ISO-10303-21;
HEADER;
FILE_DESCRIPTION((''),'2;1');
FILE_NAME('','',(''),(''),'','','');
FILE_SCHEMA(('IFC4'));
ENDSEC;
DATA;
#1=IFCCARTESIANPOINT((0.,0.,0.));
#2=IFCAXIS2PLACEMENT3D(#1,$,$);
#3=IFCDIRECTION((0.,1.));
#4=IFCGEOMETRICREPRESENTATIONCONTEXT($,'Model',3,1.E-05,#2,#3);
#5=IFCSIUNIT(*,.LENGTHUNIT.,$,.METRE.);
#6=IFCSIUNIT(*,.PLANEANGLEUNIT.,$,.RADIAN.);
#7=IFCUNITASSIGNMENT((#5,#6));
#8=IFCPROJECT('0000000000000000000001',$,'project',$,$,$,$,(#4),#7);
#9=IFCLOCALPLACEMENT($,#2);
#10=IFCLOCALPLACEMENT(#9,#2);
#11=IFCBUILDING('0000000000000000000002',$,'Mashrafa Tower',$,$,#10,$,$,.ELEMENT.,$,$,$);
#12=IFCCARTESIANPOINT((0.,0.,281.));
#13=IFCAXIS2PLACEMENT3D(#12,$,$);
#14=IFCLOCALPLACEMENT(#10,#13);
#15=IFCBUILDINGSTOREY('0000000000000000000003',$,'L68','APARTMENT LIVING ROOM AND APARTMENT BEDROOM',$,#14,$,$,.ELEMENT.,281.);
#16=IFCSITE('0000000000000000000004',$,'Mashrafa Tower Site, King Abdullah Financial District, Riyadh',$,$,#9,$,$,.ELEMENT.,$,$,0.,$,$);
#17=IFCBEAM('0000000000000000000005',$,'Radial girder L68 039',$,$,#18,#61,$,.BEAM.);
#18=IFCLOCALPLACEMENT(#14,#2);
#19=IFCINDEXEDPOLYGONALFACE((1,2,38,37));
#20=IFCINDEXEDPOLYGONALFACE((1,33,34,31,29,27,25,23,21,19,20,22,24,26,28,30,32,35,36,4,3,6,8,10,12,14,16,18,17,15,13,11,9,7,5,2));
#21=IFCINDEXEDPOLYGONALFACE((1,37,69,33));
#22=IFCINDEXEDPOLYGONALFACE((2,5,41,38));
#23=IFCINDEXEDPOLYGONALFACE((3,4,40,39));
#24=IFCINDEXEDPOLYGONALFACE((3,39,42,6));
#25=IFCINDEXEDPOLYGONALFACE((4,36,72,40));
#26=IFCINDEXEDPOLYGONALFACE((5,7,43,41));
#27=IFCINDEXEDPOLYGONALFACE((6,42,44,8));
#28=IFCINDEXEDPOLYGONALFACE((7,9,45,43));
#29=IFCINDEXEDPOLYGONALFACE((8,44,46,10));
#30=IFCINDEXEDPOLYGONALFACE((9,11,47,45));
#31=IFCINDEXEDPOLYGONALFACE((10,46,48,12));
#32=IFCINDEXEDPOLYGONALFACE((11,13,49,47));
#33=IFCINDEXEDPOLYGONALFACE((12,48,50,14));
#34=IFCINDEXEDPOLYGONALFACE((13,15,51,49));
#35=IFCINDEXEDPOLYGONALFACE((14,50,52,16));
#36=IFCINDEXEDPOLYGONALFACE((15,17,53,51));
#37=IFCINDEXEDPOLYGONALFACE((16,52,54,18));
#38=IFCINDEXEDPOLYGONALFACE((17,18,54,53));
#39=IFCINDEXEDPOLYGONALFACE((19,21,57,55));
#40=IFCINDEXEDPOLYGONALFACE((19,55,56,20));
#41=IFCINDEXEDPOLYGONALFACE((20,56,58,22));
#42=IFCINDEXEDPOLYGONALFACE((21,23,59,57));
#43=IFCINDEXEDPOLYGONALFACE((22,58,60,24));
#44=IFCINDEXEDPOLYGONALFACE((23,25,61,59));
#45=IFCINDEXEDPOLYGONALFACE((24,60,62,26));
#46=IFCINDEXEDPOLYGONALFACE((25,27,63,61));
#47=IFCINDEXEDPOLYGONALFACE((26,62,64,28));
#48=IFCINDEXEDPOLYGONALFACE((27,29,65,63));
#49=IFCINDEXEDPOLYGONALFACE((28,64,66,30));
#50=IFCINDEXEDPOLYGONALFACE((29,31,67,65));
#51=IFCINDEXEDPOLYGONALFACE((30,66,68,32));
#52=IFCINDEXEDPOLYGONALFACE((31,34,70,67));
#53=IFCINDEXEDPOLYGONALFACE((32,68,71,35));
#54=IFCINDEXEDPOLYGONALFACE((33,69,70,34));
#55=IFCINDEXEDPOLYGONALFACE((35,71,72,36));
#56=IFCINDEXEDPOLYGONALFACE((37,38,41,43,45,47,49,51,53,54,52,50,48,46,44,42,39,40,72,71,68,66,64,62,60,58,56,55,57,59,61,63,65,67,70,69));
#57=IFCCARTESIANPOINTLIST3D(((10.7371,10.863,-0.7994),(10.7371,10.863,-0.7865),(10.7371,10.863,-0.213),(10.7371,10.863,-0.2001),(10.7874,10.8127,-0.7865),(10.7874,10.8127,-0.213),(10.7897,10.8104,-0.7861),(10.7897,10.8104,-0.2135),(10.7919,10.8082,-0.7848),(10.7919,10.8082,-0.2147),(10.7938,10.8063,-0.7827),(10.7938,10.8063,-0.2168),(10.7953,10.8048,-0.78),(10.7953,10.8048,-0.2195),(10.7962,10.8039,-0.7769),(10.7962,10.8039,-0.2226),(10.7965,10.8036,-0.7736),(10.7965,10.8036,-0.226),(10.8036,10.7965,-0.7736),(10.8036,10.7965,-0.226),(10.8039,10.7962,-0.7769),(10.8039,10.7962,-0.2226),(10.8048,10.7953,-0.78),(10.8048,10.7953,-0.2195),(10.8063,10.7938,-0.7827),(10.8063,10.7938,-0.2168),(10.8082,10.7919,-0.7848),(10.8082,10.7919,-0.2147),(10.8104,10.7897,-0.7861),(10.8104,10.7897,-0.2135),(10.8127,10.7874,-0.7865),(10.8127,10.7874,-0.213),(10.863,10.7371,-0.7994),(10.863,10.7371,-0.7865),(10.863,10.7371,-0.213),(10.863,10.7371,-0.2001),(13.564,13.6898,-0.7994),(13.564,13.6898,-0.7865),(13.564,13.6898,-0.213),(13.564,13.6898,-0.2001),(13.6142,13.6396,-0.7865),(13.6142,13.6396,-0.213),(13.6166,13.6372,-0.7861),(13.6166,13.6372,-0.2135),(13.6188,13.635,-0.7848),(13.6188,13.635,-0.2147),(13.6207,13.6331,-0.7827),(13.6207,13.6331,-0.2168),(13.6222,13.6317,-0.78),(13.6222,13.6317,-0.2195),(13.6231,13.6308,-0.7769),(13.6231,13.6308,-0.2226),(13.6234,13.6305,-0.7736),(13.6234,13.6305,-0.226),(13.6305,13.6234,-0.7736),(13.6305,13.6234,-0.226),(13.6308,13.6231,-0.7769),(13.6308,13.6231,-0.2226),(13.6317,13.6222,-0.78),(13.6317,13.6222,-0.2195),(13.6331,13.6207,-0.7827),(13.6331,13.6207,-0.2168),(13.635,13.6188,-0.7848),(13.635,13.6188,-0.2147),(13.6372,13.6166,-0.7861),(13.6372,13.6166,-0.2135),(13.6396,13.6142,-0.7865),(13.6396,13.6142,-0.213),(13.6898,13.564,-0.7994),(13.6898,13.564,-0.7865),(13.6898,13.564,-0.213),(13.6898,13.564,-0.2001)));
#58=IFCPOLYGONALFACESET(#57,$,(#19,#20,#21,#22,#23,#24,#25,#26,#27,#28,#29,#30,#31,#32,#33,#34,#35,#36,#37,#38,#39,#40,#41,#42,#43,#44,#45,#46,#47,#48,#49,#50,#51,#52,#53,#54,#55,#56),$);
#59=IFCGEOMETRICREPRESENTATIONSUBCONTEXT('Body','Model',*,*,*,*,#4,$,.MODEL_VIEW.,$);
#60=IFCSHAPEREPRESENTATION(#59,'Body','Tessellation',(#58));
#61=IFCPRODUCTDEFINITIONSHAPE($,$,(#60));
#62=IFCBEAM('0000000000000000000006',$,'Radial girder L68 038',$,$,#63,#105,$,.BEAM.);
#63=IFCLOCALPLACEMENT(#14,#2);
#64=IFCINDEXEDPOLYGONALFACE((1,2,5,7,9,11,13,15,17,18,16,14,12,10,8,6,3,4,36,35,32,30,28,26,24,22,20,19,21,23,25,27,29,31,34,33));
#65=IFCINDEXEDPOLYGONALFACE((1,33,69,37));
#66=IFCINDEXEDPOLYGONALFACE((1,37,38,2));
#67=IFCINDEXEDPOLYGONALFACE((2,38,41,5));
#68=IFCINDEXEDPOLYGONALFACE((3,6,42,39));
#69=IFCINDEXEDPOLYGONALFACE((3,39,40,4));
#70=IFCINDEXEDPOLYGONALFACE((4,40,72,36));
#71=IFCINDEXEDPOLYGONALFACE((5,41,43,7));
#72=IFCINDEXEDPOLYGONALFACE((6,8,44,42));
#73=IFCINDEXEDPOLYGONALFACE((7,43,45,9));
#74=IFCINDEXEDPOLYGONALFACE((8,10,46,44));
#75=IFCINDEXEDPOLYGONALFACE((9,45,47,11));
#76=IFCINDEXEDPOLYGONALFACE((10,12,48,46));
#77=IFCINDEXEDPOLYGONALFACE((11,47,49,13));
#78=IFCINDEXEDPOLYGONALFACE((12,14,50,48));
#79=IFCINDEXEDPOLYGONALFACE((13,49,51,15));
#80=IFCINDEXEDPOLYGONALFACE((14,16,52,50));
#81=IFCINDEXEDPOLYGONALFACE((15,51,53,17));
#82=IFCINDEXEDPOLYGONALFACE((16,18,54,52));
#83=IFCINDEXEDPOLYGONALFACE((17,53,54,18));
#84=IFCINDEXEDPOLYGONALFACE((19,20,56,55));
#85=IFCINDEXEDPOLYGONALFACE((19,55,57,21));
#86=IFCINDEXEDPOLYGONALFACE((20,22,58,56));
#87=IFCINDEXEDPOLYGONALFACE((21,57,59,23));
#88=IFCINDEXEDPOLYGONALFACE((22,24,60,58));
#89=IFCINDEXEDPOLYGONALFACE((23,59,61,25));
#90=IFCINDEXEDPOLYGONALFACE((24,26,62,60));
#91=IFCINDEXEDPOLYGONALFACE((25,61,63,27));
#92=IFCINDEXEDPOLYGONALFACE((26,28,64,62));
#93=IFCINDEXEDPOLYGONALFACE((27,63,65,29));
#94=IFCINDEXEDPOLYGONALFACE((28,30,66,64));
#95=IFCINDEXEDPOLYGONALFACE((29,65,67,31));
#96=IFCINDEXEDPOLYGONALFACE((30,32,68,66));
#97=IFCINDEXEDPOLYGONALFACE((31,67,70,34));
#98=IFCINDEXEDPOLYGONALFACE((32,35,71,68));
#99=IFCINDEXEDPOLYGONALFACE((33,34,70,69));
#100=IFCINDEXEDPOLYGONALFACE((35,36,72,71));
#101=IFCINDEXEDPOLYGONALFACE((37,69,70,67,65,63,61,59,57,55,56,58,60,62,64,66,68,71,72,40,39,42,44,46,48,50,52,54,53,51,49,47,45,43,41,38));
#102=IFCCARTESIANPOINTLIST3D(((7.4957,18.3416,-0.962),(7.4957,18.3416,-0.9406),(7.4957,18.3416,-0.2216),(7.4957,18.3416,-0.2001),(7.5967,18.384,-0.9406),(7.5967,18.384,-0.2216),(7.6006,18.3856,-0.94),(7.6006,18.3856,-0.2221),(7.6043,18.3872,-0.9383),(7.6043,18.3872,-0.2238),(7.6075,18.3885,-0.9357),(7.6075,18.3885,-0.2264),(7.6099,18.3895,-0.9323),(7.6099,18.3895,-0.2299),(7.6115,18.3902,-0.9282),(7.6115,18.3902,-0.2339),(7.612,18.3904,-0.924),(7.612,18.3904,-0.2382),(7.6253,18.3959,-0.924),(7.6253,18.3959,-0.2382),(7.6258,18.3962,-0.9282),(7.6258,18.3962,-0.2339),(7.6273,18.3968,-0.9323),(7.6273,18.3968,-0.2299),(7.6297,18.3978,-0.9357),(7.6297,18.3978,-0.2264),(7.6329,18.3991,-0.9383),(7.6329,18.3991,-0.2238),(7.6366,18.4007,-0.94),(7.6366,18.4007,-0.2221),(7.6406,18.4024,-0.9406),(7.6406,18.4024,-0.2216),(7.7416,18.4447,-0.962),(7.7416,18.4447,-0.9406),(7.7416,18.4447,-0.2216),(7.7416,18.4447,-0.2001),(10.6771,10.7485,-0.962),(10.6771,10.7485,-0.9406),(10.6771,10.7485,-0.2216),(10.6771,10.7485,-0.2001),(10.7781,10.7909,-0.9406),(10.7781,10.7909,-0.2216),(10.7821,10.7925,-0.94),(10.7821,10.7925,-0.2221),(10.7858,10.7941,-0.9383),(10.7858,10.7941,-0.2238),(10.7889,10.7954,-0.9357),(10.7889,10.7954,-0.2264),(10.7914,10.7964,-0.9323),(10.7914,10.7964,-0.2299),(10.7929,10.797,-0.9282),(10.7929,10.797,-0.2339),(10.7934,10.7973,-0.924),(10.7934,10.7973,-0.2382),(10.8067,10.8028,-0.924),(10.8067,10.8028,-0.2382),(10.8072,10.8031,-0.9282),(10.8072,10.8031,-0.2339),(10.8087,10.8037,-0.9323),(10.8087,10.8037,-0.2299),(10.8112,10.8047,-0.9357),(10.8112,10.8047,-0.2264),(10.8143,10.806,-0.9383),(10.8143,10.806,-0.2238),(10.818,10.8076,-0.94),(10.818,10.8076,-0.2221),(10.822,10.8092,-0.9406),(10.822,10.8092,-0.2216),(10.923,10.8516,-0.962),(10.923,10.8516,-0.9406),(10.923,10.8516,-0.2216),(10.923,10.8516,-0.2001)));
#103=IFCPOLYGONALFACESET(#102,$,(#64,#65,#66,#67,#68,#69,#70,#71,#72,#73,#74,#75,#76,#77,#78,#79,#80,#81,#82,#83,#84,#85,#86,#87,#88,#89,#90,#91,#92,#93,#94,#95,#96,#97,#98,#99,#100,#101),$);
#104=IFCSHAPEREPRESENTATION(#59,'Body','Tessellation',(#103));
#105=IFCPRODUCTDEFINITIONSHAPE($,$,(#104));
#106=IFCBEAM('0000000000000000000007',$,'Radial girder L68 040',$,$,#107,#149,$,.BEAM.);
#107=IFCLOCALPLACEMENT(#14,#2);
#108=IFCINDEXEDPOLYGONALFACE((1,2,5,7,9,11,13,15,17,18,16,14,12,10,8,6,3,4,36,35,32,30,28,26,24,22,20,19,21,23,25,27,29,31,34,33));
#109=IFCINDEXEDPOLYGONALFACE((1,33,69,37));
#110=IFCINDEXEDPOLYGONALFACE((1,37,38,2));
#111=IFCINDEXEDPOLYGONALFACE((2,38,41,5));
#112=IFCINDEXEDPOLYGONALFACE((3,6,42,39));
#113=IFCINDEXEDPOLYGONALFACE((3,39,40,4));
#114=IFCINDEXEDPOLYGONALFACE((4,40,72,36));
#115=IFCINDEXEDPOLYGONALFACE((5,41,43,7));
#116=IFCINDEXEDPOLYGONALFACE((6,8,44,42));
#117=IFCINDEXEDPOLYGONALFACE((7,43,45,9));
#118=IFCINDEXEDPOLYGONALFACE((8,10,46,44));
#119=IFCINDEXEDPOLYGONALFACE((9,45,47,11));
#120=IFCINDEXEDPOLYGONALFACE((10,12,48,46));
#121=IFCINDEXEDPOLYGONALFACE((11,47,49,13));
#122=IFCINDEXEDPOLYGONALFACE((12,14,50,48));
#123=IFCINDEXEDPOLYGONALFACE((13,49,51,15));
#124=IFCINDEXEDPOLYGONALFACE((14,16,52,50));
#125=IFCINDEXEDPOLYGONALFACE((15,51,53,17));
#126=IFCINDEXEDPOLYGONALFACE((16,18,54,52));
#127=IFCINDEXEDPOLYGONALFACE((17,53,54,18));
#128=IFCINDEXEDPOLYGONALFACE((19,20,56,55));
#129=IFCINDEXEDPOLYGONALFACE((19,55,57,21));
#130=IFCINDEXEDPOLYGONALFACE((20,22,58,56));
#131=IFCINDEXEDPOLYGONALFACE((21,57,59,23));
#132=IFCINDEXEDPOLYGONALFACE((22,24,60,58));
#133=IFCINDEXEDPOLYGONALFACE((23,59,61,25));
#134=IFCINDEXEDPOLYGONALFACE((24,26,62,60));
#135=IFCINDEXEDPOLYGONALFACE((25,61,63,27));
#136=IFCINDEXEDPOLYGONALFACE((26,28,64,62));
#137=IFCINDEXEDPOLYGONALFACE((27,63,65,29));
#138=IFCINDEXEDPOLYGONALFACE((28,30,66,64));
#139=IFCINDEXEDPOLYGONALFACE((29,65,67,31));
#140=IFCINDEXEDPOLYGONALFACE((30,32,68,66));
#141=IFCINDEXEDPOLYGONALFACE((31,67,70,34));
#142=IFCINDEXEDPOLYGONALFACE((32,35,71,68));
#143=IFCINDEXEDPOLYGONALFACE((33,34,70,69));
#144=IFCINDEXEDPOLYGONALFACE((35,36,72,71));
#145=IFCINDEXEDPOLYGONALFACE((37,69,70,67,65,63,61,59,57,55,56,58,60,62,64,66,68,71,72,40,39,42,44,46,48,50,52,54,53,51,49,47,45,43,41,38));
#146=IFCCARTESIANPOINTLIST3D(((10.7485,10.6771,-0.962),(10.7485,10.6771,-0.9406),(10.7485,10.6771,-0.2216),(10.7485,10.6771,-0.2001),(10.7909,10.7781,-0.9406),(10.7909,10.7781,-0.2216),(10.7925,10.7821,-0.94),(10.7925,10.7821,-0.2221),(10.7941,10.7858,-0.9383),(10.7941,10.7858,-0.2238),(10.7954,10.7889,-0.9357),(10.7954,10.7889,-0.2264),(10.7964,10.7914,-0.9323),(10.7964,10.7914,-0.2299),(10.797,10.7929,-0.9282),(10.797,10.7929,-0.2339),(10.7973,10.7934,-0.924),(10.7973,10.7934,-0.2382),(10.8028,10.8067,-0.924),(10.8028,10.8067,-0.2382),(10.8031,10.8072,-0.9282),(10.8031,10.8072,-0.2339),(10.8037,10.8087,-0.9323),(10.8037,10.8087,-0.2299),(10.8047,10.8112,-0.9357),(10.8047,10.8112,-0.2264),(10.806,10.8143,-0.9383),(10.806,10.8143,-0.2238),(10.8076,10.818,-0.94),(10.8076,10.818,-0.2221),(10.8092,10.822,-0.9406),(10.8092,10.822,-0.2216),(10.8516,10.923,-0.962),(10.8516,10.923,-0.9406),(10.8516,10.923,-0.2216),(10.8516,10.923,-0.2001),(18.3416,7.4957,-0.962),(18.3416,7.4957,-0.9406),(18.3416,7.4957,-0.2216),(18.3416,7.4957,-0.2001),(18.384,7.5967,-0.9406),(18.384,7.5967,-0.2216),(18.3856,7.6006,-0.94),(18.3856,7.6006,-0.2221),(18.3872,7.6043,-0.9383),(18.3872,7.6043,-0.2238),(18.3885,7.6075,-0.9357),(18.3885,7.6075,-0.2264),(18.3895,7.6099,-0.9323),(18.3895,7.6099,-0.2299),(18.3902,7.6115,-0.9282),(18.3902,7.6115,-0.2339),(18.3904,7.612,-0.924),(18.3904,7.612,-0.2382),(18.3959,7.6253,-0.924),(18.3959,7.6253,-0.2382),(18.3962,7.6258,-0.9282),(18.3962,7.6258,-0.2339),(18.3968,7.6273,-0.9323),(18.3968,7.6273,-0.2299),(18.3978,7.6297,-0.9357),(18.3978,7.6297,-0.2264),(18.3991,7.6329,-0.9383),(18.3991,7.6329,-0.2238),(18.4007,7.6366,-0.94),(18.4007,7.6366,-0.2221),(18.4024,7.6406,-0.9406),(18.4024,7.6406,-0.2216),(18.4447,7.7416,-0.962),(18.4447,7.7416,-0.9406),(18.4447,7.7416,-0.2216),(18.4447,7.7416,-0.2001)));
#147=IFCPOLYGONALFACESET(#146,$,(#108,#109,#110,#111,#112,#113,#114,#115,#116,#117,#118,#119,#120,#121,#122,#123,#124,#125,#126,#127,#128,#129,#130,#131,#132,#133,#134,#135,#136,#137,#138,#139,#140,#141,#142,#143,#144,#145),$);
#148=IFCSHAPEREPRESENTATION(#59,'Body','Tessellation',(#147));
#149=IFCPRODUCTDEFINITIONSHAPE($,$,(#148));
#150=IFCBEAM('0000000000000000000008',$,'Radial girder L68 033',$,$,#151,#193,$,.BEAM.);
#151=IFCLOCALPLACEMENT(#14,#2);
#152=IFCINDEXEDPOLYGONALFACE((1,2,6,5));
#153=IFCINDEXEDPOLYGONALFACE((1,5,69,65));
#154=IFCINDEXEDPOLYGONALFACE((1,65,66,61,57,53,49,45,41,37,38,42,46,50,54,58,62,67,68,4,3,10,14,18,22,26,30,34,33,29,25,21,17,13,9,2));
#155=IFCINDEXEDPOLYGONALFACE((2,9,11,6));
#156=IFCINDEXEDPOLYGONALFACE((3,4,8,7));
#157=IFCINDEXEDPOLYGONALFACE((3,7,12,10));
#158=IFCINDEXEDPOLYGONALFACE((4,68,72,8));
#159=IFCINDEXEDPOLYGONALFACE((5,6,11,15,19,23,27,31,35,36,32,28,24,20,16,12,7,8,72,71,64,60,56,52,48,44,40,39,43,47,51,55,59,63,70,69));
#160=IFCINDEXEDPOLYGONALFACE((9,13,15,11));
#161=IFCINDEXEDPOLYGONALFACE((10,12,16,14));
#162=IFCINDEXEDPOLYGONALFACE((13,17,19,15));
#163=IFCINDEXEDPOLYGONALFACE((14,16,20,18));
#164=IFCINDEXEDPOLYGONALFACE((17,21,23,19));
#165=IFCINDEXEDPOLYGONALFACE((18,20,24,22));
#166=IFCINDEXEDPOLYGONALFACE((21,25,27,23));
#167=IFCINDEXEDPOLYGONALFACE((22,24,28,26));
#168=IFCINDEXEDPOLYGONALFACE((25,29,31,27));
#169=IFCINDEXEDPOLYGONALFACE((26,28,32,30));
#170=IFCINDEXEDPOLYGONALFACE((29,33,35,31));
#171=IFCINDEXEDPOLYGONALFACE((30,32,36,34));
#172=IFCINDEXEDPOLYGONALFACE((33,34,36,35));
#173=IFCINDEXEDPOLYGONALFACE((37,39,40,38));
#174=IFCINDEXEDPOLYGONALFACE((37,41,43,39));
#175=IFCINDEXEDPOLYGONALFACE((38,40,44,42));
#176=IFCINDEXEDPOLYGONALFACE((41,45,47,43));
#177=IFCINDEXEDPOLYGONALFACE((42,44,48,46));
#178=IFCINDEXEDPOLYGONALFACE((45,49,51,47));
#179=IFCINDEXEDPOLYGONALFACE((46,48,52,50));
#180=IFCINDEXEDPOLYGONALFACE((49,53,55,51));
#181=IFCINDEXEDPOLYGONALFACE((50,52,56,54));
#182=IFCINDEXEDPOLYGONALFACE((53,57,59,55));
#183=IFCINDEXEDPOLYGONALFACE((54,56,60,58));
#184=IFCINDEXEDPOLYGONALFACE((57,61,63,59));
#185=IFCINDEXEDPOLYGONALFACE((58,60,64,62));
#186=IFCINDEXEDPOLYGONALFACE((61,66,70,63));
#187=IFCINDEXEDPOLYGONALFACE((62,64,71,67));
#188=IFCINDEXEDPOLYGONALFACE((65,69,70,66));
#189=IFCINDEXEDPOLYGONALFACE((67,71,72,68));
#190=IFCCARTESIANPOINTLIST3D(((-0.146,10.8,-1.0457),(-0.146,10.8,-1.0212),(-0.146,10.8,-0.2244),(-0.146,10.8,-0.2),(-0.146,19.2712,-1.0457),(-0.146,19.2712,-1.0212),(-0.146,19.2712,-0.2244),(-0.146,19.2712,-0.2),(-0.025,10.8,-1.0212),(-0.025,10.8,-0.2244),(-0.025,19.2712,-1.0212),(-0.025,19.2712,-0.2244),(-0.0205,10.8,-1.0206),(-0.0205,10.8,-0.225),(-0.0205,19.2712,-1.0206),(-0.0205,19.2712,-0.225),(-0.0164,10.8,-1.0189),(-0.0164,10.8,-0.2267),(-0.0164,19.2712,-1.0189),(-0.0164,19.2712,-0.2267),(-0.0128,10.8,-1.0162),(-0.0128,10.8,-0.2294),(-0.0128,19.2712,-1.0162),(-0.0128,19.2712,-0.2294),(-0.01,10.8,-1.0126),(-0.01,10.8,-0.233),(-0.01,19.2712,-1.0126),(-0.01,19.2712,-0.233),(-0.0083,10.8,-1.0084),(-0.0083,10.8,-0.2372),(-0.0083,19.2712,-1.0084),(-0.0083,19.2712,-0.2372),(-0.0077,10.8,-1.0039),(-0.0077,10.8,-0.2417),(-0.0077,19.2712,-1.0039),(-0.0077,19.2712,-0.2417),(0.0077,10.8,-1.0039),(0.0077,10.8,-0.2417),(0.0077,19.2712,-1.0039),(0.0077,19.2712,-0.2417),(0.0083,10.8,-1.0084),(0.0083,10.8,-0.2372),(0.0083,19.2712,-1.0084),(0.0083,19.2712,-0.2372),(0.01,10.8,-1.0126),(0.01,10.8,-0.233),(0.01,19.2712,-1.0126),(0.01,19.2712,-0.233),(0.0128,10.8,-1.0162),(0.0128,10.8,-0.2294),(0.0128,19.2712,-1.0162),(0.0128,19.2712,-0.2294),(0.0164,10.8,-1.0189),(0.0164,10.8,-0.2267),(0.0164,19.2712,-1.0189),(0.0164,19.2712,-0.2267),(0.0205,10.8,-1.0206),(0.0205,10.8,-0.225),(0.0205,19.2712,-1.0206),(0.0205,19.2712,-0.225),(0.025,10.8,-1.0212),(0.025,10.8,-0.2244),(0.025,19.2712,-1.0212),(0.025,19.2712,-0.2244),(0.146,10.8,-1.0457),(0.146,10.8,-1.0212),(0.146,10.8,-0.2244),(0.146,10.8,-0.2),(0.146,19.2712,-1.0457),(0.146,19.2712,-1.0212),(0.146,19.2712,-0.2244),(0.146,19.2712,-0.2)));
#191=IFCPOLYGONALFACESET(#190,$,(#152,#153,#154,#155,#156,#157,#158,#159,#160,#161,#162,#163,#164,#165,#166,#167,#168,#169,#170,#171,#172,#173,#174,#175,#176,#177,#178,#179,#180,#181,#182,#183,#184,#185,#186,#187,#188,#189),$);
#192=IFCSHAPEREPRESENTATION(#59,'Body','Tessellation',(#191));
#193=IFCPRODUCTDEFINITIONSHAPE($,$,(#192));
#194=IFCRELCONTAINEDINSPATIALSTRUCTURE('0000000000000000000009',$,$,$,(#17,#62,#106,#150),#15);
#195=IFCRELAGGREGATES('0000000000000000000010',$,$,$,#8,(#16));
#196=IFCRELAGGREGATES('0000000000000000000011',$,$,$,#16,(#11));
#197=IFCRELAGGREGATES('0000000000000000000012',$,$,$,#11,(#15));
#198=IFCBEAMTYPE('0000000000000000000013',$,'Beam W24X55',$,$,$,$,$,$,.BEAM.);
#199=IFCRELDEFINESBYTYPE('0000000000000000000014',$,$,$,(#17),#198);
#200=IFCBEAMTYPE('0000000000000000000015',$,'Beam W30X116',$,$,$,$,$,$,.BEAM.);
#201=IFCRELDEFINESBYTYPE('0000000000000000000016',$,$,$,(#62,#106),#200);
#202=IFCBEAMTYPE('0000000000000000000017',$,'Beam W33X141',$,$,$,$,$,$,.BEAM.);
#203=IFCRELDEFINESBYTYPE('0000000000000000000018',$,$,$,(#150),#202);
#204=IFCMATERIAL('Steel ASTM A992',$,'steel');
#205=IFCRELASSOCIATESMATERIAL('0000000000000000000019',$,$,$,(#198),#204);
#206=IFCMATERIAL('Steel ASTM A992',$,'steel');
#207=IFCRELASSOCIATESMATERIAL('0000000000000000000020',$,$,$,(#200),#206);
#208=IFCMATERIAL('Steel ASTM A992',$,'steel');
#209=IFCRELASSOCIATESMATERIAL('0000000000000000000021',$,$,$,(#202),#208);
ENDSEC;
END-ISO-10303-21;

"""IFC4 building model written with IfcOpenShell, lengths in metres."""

from ifc_helpers import new_model, si_unit, direction, frame, origin, origin_2d, place, context, subcontext, project, spatial, i_section, extrude, material, material_profile, profile_set, type_object, element, save


model = new_model("IFC4")

# Units and contexts
model_context = context("Model", 3, precision=1e-05, world=origin(), true_north=direction((0.0, 1.0)))
body_context = subcontext(model_context, "Body", "Model", "MODEL_VIEW")
ifc_project = project(units=[si_unit("LENGTHUNIT", "METRE"), si_unit("PLANEANGLEUNIT", "RADIAN")], contexts=[model_context])

# Site, building, storey
site_placement = place(None, origin())
site = spatial("IfcSite", under=ifc_project, at=site_placement, Name="Mashrafa Tower Site, King Abdullah Financial District, Riyadh", CompositionType="ELEMENT", RefElevation=0.0)
building_placement = place(site_placement, origin())
building = spatial("IfcBuilding", under=site, at=building_placement, Name="Mashrafa Tower", CompositionType="ELEMENT")
storey_placement = place(building_placement, frame((0.0, 0.0, 281.0)))
storey = spatial("IfcBuildingStorey", under=building, at=storey_placement, Name="L68", Description="APARTMENT LIVING ROOM AND APARTMENT BEDROOM", CompositionType="ELEMENT", Elevation=281.0)

# Beams
ifc_material_1 = material(Name="Steel ASTM A992", Category="steel")
ifc_material_profile_1 = material_profile(ifc_material_1, i_section(OverallWidth=0.178, OverallDepth=0.5994, WebThickness=0.01, FlangeThickness=0.0129, FilletRadius=0.0129, at=origin_2d()), Name="W24X55")
ifc_profile_set_1 = profile_set([ifc_material_profile_1], Name="Steel ASTM A992")
beam_type_1 = type_object("IfcBeamType", Name="Beam W24X55", PredefinedType="BEAM", material=ifc_profile_set_1)
beam_1_placement = place(storey_placement, frame((10.8, 10.8, -0.4998), z_axis=(0.707107, 0.707107, 0.0), x_axis=(-0.707107, 0.707107, 0.0)))
element("IfcBeam", 1, at=beam_1_placement, inside=storey, type_object=beam_type_1, Name="Radial girder L68 039", PredefinedType="BEAM", context=body_context, shape_type="SweptSolid", body=[
    extrude(i_section(OverallWidth=0.178, OverallDepth=0.5994, WebThickness=0.01, FlangeThickness=0.0129, FilletRadius=0.0129, at=origin_2d()), origin(), (0.0, 0.0, 1.0), 3.9978),
])
ifc_material_2 = material(Name="Steel ASTM A992", Category="steel")
ifc_material_profile_2 = material_profile(ifc_material_2, i_section(OverallWidth=0.2666, OverallDepth=0.762, WebThickness=0.0144, FlangeThickness=0.0215, FilletRadius=0.0166, at=origin_2d()), Name="W30X116")
ifc_profile_set_2 = profile_set([ifc_material_profile_2], Name="Steel ASTM A992")
beam_type_2 = type_object("IfcBeamType", Name="Beam W30X116", PredefinedType="BEAM", material=ifc_profile_set_2)
for number, where, z_axis, x_axis, name in (
    (2, (10.8, 10.8, -0.5811), (-0.38644, 0.922314, 0.0), (-0.922314, -0.38644, 0.0), "Radial girder L68 038"),
    (3, (10.8, 10.8, -0.5811), (0.922314, -0.38644, 0.0), (0.38644, 0.922314, 0.0), "Radial girder L68 040"),
):
    element("IfcBeam", number, at=place(storey_placement, frame(where, z_axis=z_axis, x_axis=x_axis)), inside=storey, type_object=beam_type_2, Name=name, PredefinedType="BEAM", context=body_context, shape_type="SweptSolid", body=[
        extrude(i_section(OverallWidth=0.2666, OverallDepth=0.762, WebThickness=0.0144, FlangeThickness=0.0215, FilletRadius=0.0166, at=origin_2d()), origin(), (0.0, 0.0, 1.0), 8.2327),
    ])
ifc_material_3 = material(Name="Steel ASTM A992", Category="steel")
ifc_material_profile_3 = material_profile(ifc_material_3, i_section(OverallWidth=0.292, OverallDepth=0.8457, WebThickness=0.0154, FlangeThickness=0.0244, FilletRadius=0.0173, at=origin_2d()), Name="W33X141")
ifc_profile_set_3 = profile_set([ifc_material_profile_3], Name="Steel ASTM A992")
beam_type_3 = type_object("IfcBeamType", Name="Beam W33X141", PredefinedType="BEAM", material=ifc_profile_set_3)
beam_2_placement = place(storey_placement, frame((0.0, 10.8, -0.6228), z_axis=(0.0, 1.0, 0.0), x_axis=(-1.0, 0.0, 0.0)))
element("IfcBeam", 4, at=beam_2_placement, inside=storey, type_object=beam_type_3, Name="Radial girder L68 033", PredefinedType="BEAM", context=body_context, shape_type="SweptSolid", body=[
    extrude(i_section(OverallWidth=0.292, OverallDepth=0.8457, WebThickness=0.0154, FlangeThickness=0.0244, FilletRadius=0.0173, at=origin_2d()), origin(), (0.0, 0.0, 1.0), 8.4712),
])

save(model, "model.ifc")
